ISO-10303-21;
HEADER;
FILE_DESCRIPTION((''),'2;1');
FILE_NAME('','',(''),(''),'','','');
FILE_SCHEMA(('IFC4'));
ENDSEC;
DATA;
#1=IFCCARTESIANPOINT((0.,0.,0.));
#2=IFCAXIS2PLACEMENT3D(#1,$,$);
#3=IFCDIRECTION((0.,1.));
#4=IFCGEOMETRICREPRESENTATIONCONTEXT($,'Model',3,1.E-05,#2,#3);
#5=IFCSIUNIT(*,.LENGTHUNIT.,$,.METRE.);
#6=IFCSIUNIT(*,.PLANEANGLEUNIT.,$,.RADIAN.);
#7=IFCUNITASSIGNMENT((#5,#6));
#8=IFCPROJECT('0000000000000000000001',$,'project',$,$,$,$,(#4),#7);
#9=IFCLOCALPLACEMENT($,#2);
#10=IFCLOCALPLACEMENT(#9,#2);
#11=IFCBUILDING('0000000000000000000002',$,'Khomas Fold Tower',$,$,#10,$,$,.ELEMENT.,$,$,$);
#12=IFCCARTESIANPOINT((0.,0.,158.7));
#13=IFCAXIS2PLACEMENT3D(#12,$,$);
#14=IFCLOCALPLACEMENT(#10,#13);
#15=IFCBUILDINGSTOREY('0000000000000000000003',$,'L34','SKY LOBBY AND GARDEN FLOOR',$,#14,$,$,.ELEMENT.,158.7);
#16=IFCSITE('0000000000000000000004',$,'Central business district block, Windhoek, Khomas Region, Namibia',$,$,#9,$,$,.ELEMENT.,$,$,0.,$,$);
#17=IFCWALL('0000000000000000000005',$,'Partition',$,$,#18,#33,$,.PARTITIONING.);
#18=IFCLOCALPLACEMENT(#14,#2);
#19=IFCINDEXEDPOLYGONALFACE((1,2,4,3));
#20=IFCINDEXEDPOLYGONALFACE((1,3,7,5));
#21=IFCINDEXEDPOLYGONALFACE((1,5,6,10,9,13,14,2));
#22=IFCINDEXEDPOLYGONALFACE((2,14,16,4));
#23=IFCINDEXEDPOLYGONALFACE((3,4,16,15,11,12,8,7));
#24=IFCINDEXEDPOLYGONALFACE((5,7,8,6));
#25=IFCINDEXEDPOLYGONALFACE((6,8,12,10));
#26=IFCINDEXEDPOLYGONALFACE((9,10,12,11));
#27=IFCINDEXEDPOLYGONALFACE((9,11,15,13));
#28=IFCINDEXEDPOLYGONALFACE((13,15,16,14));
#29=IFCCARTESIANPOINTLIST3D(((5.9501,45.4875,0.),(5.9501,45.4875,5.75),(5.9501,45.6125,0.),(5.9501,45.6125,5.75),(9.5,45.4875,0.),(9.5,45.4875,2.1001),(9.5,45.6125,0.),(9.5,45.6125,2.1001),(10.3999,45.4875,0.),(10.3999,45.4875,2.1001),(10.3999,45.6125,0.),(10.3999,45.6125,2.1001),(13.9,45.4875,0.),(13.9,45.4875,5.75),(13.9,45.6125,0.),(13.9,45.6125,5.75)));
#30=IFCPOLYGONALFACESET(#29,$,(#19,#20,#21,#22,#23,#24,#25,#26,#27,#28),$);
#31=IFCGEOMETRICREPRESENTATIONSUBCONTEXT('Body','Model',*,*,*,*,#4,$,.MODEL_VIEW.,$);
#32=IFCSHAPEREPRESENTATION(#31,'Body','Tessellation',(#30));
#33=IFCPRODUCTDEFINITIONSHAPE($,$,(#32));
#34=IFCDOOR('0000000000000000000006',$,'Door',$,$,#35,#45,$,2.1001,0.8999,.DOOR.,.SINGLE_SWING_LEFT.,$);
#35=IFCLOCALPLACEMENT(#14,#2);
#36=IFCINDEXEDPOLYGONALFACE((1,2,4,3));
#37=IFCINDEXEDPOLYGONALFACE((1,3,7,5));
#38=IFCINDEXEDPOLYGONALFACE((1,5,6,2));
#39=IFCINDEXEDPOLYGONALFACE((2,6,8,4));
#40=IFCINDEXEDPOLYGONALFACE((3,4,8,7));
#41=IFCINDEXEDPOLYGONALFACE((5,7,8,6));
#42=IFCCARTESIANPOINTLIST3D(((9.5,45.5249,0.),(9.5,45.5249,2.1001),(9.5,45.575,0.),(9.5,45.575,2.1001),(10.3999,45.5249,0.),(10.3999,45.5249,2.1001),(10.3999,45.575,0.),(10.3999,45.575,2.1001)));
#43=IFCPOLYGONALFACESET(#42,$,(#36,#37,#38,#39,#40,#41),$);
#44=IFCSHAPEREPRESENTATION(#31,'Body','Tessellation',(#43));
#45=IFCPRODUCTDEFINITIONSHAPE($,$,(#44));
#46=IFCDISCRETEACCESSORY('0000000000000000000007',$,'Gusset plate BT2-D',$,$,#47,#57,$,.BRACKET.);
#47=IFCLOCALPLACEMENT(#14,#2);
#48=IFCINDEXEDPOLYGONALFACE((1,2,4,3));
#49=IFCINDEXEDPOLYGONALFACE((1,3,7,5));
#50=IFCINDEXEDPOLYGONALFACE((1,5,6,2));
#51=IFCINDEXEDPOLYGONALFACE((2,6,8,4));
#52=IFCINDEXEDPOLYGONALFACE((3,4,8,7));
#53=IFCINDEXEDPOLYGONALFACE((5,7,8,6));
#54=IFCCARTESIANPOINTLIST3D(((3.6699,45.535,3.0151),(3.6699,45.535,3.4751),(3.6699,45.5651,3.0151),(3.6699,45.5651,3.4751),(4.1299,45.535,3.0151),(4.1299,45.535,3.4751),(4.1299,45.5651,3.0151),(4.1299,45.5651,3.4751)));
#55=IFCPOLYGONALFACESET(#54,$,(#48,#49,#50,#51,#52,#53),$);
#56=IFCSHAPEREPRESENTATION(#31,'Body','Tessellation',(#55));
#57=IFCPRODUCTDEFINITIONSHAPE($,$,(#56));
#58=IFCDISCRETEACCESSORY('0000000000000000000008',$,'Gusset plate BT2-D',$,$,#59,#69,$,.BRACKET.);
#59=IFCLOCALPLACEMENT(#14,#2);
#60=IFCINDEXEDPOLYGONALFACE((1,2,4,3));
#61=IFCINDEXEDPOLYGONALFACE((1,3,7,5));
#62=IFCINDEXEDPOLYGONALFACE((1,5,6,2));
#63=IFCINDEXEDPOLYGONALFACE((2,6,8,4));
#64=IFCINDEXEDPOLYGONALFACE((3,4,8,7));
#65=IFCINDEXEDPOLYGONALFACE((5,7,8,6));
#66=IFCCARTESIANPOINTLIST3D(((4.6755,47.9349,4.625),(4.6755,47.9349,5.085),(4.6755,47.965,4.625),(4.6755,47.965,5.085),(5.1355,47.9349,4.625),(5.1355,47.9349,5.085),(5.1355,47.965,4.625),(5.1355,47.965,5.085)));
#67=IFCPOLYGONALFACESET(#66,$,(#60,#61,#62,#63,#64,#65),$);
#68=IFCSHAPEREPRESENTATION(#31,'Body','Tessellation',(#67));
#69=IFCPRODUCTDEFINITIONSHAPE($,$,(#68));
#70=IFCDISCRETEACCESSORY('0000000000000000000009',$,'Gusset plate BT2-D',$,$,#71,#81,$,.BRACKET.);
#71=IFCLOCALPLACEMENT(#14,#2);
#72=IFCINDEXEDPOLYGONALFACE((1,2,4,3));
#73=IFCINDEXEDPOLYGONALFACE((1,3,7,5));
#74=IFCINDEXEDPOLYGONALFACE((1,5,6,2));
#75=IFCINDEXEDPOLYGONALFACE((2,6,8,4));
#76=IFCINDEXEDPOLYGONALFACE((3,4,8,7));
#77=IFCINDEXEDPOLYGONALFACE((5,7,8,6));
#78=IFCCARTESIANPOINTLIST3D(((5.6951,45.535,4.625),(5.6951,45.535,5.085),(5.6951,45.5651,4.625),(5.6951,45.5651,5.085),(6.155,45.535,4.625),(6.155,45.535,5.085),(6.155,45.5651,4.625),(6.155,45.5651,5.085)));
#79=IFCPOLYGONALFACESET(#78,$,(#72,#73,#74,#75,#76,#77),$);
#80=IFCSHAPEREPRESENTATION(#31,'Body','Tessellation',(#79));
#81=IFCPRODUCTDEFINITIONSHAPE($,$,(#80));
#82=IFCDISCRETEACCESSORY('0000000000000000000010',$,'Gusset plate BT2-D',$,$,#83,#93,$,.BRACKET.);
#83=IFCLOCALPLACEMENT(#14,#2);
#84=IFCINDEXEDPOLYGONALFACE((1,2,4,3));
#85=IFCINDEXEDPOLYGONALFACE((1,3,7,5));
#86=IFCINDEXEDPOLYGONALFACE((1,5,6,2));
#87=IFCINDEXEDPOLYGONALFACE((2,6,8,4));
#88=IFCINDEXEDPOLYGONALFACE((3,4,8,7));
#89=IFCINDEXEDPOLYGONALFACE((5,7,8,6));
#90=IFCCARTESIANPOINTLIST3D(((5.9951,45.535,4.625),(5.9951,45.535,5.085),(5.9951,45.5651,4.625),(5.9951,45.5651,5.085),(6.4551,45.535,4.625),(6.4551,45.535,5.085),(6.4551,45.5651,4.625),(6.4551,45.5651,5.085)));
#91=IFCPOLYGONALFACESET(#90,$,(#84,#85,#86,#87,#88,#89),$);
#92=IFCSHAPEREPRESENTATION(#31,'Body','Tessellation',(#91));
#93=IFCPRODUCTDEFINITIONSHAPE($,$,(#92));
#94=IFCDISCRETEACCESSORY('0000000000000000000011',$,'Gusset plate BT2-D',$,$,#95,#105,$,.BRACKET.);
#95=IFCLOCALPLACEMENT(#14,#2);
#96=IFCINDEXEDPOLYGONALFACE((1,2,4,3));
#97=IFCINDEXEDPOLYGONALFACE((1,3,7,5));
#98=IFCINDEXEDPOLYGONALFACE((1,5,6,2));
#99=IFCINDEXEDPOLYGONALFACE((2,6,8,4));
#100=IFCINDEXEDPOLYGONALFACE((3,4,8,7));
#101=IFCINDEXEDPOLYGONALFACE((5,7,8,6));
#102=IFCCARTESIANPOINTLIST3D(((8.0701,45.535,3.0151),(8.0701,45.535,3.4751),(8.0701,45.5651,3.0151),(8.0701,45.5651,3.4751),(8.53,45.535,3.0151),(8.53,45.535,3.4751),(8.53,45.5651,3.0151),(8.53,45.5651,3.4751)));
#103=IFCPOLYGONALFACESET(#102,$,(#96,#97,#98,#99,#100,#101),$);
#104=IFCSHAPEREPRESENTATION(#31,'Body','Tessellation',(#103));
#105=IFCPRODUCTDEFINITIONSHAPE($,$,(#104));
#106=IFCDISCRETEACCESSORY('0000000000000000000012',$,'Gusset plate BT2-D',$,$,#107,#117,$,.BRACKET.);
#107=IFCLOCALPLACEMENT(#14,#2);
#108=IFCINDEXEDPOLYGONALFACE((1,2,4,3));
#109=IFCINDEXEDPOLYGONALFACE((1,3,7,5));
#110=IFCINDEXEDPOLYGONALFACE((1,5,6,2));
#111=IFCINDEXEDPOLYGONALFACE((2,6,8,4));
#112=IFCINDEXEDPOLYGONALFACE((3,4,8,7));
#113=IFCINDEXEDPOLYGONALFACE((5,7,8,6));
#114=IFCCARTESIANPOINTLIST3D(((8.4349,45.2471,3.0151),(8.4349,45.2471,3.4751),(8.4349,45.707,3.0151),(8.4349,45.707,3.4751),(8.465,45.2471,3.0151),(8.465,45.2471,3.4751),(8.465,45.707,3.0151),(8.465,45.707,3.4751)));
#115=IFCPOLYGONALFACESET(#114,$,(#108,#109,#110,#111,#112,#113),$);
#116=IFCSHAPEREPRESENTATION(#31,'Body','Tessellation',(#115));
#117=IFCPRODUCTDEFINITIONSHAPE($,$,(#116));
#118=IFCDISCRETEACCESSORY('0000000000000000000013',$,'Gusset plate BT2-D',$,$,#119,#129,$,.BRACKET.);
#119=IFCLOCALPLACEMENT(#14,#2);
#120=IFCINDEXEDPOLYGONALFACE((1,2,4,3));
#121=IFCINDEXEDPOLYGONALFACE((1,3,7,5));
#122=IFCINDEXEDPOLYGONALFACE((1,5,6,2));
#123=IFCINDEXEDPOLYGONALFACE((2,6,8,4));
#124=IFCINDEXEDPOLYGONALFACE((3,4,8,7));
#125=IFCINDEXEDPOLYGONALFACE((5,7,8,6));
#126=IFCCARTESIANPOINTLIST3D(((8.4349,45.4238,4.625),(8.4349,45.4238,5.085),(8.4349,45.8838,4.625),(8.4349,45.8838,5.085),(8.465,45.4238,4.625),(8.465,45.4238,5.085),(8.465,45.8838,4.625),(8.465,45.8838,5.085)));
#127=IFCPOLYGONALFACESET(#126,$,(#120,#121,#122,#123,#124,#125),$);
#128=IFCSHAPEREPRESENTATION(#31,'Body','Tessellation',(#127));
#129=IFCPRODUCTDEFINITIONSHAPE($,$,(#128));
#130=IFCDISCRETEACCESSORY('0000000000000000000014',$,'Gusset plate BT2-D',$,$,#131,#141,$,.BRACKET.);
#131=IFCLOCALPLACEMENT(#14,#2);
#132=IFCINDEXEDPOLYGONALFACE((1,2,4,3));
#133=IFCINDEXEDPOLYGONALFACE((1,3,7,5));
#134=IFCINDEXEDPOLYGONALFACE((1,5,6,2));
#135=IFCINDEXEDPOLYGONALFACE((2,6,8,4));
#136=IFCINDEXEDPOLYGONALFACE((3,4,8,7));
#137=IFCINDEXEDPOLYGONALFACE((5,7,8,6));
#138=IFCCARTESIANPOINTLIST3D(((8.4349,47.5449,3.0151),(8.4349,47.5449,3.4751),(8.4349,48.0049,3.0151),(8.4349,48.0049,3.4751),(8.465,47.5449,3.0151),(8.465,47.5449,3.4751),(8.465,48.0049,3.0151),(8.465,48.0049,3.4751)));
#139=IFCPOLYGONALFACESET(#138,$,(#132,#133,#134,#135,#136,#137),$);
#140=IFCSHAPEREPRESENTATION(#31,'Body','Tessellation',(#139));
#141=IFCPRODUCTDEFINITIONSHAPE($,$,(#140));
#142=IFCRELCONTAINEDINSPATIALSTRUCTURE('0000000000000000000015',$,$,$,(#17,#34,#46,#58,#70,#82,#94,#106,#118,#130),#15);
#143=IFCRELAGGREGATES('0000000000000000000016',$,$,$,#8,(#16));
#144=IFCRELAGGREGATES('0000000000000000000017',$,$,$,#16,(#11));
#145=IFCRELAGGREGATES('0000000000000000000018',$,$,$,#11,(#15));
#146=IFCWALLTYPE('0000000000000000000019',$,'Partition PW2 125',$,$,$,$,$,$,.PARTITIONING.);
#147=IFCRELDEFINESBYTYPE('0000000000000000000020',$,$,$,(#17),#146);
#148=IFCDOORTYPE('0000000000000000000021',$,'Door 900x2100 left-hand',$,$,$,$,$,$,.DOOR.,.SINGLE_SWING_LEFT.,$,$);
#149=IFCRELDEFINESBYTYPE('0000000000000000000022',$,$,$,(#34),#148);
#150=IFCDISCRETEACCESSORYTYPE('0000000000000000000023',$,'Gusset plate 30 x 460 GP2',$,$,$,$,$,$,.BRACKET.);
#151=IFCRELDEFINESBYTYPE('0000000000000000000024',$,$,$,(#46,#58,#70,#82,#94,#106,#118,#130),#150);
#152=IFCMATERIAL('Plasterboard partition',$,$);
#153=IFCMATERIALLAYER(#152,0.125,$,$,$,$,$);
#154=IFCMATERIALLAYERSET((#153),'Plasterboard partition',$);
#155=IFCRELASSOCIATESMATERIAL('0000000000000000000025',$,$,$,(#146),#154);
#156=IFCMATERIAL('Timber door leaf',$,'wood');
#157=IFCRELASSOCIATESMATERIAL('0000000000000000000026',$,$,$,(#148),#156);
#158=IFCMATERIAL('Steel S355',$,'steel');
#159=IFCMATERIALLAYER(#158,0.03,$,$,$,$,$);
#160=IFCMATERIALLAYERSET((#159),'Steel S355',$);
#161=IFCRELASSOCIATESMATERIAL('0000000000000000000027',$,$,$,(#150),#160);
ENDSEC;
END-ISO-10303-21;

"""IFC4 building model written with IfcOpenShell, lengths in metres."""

from ifc_helpers import new_model, si_unit, direction, frame, frame_2d, origin, origin_2d, place, context, subcontext, project, spatial, rectangle, extrude, source, transform, mapped, material, layer, layer_set, type_object, element, fill, save


model = new_model("IFC4")

# Units and contexts
model_context = context("Model", 3, precision=1e-05, world=origin(), true_north=direction((0.0, 1.0)))
body_context = subcontext(model_context, "Body", "Model", "MODEL_VIEW")
ifc_project = project(units=[si_unit("LENGTHUNIT", "METRE"), si_unit("PLANEANGLEUNIT", "RADIAN")], contexts=[model_context])

# Site, building, storey
site_placement = place(None, origin())
site = spatial("IfcSite", under=ifc_project, at=site_placement, Name="Central business district block, Windhoek, Khomas Region, Namibia", CompositionType="ELEMENT", RefElevation=0.0)
building_placement = place(site_placement, origin())
building = spatial("IfcBuilding", under=site, at=building_placement, Name="Khomas Fold Tower", CompositionType="ELEMENT")
storey_placement = place(building_placement, frame((0.0, 0.0, 158.7)))
storey = spatial("IfcBuildingStorey", under=building, at=storey_placement, Name="L34", Description="SKY LOBBY AND GARDEN FLOOR", CompositionType="ELEMENT", Elevation=158.7)

# Wall, opening, door
ifc_material_1 = material(Name="Plasterboard partition")
ifc_layer_1 = layer(ifc_material_1, 0.125)
ifc_layer_set_1 = layer_set([ifc_layer_1], Name="Plasterboard partition")
wall_type = type_object("IfcWallType", Name="Partition PW2 125", PredefinedType="PARTITIONING", material=ifc_layer_set_1)
shared_shape_1 = source(origin(), body_context, "Body", "SweptSolid", [
    extrude(rectangle(XDim=7.95, YDim=0.125, at=frame_2d((3.9751, 0.0))), origin(), (0.0, 0.0, 1.0), 5.75),
])
wall_placement = place(storey_placement, frame((5.95, 45.55, 0.0), z_axis=(0.0, 0.0, 1.0), x_axis=(1.0, 0.0, 0.0)))
wall = element("IfcWall", 1, at=wall_placement, inside=storey, type_object=wall_type, Name="Partition", PredefinedType="PARTITIONING", context=body_context, shape_type="MappedRepresentation", body=[
    mapped(shared_shape_1, transform((0.0, 0.0, 0.0))),
])
shared_shape_2 = source(origin(), body_context, "Body", "SweptSolid", [
    extrude(rectangle(XDim=0.8999, YDim=2.1001, at=frame_2d((0.45, 1.05))), frame((0.0, 0.0725, 0.0), z_axis=(0.0, -1.0, 0.0), x_axis=(1.0, 0.0, 0.0)), (0.0, 0.0, 1.0), 0.145),
])
opening_placement = place(wall_placement, frame((3.55, 0.0, 0.0)))
opening = element("IfcOpeningElement", 2, at=opening_placement, cuts=wall, PredefinedType="OPENING", context=body_context, shape_type="MappedRepresentation", body=[
    mapped(shared_shape_2, transform((0.0, 0.0, 0.0))),
])
ifc_material_2 = material(Name="Timber door leaf", Category="wood")
door_type = type_object("IfcDoorType", Name="Door 900x2100 left-hand", OperationType="SINGLE_SWING_LEFT", PredefinedType="DOOR", material=ifc_material_2)
shared_shape_3 = source(origin(), body_context, "Body", "SweptSolid", [
    extrude(rectangle(XDim=0.8999, YDim=2.1001, at=frame_2d((0.45, 1.05))), frame((0.0, 0.0249, 0.0), z_axis=(0.0, -1.0, 0.0), x_axis=(1.0, 0.0, 0.0)), (0.0, 0.0, 1.0), 0.05),
])
door_placement = place(opening_placement, origin())
door = element("IfcDoor", 3, at=door_placement, inside=storey, type_object=door_type, Name="Door", OperationType="SINGLE_SWING_LEFT", OverallHeight=2.1001, OverallWidth=0.8999, PredefinedType="DOOR", context=body_context, shape_type="MappedRepresentation", body=[
    mapped(shared_shape_3, transform((0.0, 0.0, 0.0))),
])
fill(opening, door)

# Discrete accessories
ifc_material_3 = material(Name="Steel S355", Category="steel")
ifc_layer_2 = layer(ifc_material_3, 0.03)
ifc_layer_set_2 = layer_set([ifc_layer_2], Name="Steel S355")
discrete_accessory_type = type_object("IfcDiscreteAccessoryType", Name="Gusset plate 30 x 460 GP2", PredefinedType="BRACKET", material=ifc_layer_set_2)
shared_shape_4 = source(origin(), body_context, "Body", "SweptSolid", [
    extrude(rectangle(XDim=0.46, YDim=0.03, at=origin_2d()), origin(), (0.0, 0.0, 1.0), 0.46),
])
for number, where, z_axis, x_axis, name in (
    (4, (3.8999, 45.55, 3.0151), (0.0, 0.0, 1.0), (1.0, 0.0, 0.0), "Gusset plate BT2-D"),
    (5, (4.9055, 47.95, 4.625), (0.0, 0.0, 1.0), (1.0, 0.0, 0.0), "Gusset plate BT2-D"),
    (6, (5.925, 45.55, 4.625), (0.0, 0.0, 1.0), (1.0, 0.0, 0.0), "Gusset plate BT2-D"),
    (7, (6.2251, 45.55, 4.625), (0.0, 0.0, 1.0), (1.0, 0.0, 0.0), "Gusset plate BT2-D"),
    (8, (8.3, 45.55, 3.0151), (0.0, 0.0, 1.0), (1.0, 0.0, 0.0), "Gusset plate BT2-D"),
    (9, (8.45, 45.4771, 3.0151), (0.0, 0.0, 1.0), (0.0, 1.0, 0.0), "Gusset plate BT2-D"),
    (10, (8.45, 45.6538, 4.625), (0.0, 0.0, 1.0), (0.0, 1.0, 0.0), "Gusset plate BT2-D"),
    (11, (8.45, 47.7749, 3.0151), (0.0, 0.0, 1.0), (0.0, 1.0, 0.0), "Gusset plate BT2-D"),
):
    element("IfcDiscreteAccessory", number, at=place(storey_placement, frame(where, z_axis=z_axis, x_axis=x_axis)), inside=storey, type_object=discrete_accessory_type, Name=name, PredefinedType="BRACKET", context=body_context, shape_type="MappedRepresentation", body=[
        mapped(shared_shape_4, transform((0.0, 0.0, 0.0))),
    ])

save(model, "model.ifc")
